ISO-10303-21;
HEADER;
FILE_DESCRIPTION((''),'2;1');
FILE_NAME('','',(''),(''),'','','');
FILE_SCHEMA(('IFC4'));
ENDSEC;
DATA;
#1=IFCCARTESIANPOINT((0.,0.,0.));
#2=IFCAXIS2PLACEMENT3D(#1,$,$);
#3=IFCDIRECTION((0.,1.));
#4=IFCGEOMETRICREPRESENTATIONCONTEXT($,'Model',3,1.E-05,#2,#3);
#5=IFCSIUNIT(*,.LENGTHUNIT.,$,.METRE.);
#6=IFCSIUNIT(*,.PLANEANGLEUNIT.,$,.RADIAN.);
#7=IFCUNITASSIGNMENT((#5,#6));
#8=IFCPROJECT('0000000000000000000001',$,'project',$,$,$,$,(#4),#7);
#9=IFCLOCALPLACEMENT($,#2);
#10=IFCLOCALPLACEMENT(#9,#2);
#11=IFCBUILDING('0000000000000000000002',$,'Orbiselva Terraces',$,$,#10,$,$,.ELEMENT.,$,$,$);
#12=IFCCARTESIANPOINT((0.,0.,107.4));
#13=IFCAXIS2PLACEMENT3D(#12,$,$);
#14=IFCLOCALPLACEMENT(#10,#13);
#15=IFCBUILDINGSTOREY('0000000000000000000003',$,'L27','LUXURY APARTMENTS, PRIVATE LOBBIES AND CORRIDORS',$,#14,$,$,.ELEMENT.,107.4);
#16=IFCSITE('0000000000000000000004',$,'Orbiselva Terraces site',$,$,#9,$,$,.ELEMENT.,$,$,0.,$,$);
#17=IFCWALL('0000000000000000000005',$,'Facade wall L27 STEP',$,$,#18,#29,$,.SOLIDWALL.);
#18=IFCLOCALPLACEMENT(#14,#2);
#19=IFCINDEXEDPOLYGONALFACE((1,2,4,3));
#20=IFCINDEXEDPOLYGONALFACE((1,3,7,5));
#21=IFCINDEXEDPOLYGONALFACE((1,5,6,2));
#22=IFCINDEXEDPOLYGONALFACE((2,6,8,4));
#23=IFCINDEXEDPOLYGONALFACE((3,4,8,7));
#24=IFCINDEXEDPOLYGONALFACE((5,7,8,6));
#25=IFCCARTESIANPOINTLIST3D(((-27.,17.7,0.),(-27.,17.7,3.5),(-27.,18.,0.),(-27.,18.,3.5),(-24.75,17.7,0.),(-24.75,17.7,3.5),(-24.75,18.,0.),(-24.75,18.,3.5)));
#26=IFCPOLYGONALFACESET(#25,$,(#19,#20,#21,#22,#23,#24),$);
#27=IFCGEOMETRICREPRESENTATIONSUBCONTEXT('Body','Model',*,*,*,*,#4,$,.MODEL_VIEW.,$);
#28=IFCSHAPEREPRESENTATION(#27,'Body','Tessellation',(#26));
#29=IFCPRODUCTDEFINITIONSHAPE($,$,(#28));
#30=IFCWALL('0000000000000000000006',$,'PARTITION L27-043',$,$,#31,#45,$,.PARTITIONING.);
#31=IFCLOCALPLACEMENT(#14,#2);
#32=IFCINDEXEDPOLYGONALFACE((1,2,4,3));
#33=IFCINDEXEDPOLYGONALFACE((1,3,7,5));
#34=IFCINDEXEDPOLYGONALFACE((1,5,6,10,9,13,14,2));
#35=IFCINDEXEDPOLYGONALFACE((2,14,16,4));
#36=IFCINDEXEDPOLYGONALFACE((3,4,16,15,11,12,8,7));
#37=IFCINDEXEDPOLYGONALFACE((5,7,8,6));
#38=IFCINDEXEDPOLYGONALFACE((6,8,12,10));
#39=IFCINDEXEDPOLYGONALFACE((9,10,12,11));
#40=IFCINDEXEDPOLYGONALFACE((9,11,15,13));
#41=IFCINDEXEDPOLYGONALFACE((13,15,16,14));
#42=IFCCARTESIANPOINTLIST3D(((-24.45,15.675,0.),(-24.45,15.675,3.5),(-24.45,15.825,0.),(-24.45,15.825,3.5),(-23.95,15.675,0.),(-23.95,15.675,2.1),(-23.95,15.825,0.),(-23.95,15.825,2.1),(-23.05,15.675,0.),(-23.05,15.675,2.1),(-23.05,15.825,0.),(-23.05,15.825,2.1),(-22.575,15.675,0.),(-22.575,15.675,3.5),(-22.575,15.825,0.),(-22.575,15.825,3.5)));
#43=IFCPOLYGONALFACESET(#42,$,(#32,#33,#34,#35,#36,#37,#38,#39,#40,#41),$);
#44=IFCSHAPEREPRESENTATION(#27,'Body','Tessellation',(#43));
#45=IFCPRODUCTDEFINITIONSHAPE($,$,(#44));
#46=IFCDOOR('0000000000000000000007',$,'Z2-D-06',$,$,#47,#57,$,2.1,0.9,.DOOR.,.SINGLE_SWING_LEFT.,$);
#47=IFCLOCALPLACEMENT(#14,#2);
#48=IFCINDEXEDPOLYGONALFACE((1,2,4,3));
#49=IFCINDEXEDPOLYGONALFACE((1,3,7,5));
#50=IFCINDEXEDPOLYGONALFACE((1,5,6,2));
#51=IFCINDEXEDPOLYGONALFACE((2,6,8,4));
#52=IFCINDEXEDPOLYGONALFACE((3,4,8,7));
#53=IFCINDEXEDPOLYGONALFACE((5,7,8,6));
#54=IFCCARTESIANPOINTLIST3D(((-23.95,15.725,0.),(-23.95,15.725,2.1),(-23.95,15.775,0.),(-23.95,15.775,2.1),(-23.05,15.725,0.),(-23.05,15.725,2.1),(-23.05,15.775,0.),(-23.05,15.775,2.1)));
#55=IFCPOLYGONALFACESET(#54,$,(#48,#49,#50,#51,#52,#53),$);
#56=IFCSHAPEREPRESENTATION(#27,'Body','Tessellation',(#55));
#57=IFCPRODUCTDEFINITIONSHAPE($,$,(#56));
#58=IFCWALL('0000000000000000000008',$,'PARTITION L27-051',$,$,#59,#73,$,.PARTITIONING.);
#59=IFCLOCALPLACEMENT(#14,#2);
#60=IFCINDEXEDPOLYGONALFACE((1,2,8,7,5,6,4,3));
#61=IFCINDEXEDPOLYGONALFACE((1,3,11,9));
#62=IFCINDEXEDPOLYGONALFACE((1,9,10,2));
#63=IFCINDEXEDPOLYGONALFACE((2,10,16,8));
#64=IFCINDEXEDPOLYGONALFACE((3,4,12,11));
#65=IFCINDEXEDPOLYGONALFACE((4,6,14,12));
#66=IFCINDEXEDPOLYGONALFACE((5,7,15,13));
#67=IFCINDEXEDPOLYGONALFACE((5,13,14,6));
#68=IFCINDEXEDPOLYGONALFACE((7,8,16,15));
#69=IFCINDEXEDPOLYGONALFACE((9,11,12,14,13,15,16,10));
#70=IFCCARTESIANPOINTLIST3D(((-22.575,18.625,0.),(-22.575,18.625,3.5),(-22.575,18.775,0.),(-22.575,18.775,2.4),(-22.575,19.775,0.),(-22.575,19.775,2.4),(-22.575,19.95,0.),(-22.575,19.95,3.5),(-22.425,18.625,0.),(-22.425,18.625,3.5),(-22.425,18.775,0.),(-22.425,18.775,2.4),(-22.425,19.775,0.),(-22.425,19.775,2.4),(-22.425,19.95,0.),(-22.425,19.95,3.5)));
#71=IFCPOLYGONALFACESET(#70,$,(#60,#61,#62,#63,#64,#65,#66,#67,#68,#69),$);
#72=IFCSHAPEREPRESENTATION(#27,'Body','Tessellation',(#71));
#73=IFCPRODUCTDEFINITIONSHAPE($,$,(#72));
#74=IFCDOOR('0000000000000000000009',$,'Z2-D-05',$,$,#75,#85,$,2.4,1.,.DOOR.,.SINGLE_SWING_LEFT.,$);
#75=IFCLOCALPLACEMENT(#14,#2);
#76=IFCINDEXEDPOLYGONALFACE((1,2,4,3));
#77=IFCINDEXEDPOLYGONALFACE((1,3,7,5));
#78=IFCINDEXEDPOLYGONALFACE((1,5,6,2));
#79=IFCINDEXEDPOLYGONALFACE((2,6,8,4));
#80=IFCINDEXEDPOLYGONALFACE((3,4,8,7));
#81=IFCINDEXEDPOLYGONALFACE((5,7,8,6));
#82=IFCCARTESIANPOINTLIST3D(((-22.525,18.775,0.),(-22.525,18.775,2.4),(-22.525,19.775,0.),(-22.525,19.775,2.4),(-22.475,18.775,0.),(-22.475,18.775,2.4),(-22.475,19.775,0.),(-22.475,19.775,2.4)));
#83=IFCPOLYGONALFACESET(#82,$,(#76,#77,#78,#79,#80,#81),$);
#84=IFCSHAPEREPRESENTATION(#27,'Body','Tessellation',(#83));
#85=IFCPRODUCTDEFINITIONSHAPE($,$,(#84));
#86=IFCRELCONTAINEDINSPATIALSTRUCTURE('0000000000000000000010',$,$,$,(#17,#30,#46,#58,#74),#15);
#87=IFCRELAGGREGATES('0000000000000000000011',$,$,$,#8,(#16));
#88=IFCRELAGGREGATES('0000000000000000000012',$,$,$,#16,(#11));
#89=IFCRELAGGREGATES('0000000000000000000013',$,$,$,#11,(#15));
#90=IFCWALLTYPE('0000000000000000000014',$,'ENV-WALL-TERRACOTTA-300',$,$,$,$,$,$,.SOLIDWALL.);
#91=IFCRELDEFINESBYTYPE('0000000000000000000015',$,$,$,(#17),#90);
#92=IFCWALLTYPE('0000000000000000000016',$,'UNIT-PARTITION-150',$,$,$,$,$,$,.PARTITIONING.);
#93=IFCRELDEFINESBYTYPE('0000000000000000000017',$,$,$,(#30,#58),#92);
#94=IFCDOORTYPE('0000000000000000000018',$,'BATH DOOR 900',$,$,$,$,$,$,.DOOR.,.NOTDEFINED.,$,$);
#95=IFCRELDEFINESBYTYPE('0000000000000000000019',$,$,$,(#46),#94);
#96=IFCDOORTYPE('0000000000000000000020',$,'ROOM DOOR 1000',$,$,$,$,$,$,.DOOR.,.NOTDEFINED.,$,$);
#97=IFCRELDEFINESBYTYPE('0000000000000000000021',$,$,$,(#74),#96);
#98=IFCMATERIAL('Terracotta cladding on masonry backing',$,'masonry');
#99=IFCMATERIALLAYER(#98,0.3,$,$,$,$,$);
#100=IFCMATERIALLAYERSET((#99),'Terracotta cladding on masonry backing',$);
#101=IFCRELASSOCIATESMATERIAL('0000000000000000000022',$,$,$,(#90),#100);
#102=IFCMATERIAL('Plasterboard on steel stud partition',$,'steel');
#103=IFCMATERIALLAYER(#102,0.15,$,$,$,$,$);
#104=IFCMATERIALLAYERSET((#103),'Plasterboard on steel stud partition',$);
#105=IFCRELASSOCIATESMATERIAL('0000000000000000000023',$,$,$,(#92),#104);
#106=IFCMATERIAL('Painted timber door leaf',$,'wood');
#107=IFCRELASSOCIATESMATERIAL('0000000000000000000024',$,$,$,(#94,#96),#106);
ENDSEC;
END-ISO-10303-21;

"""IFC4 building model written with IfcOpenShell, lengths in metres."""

from ifc_helpers import new_model, si_unit, direction, frame, frame_2d, origin, place, context, subcontext, project, spatial, rectangle, extrude, material, layer, layer_set, type_object, element, fill, save


model = new_model("IFC4")

# Units and contexts
model_context = context("Model", 3, precision=1e-05, world=origin(), true_north=direction((0.0, 1.0)))
body_context = subcontext(model_context, "Body", "Model", "MODEL_VIEW")
ifc_project = project(units=[si_unit("LENGTHUNIT", "METRE"), si_unit("PLANEANGLEUNIT", "RADIAN")], contexts=[model_context])

# Site, building, storey
site_placement = place(None, origin())
site = spatial("IfcSite", under=ifc_project, at=site_placement, Name="Orbiselva Terraces site", CompositionType="ELEMENT", RefElevation=0.0)
building_placement = place(site_placement, origin())
building = spatial("IfcBuilding", under=site, at=building_placement, Name="Orbiselva Terraces", CompositionType="ELEMENT")
storey_placement = place(building_placement, frame((0.0, 0.0, 107.4)))
storey = spatial("IfcBuildingStorey", under=building, at=storey_placement, Name="L27", Description="LUXURY APARTMENTS, PRIVATE LOBBIES AND CORRIDORS", CompositionType="ELEMENT", Elevation=107.4)

# Shared definitions
ifc_material_1 = material(Name="Terracotta cladding on masonry backing", Category="masonry")
ifc_layer_1 = layer(ifc_material_1, 0.3)
ifc_layer_set_1 = layer_set([ifc_layer_1], Name="Terracotta cladding on masonry backing")
wall_type_1 = type_object("IfcWallType", Name="ENV-WALL-TERRACOTTA-300", PredefinedType="SOLIDWALL", material=ifc_layer_set_1)

# Wall
wall_1_placement = place(storey_placement, frame((-27.0, 17.85, 0.0), z_axis=(0.0, 0.0, 1.0), x_axis=(1.0, 0.0, 0.0)))
element("IfcWall", 1, at=wall_1_placement, inside=storey, type_object=wall_type_1, Name="Facade wall L27 STEP", PredefinedType="SOLIDWALL", context=body_context, shape_type="SweptSolid", body=[
    extrude(rectangle(XDim=2.25, YDim=0.3, at=frame_2d((1.125, 0.0))), origin(), (0.0, 0.0, 1.0), 3.5),
])

# Walls, openings, doors
ifc_material_2 = material(Name="Plasterboard on steel stud partition", Category="steel")
ifc_layer_2 = layer(ifc_material_2, 0.15)
ifc_layer_set_2 = layer_set([ifc_layer_2], Name="Plasterboard on steel stud partition")
wall_type_2 = type_object("IfcWallType", Name="UNIT-PARTITION-150", PredefinedType="PARTITIONING", material=ifc_layer_set_2)
wall_2_placement = place(storey_placement, frame((-22.575, 15.75, 0.0), z_axis=(0.0, 0.0, 1.0), x_axis=(-1.0, 0.0, 0.0)))
wall_2 = element("IfcWall", 2, at=wall_2_placement, inside=storey, type_object=wall_type_2, Name="PARTITION L27-043", PredefinedType="PARTITIONING", context=body_context, shape_type="SweptSolid", body=[
    extrude(rectangle(XDim=1.875, YDim=0.15, at=frame_2d((0.9375, 0.0))), origin(), (0.0, 0.0, 1.0), 3.5),
])
opening_1_placement = place(wall_2_placement, frame((0.475, 0.0, 0.0)))
opening_1 = element("IfcOpeningElement", 3, at=opening_1_placement, cuts=wall_2, PredefinedType="OPENING", context=body_context, shape_type="SweptSolid", body=[
    extrude(rectangle(XDim=0.9, YDim=2.1, at=frame_2d((0.45, 1.05))), frame((0.0, 0.085, 0.0), z_axis=(0.0, -1.0, 0.0), x_axis=(1.0, 0.0, 0.0)), (0.0, 0.0, 1.0), 0.17),
])
ifc_material_3 = material(Name="Painted timber door leaf", Category="wood")
door_type_1 = type_object("IfcDoorType", Name="BATH DOOR 900", OperationType="NOTDEFINED", PredefinedType="DOOR", material=ifc_material_3)
door_1_placement = place(opening_1_placement, origin())
door_1 = element("IfcDoor", 4, at=door_1_placement, inside=storey, type_object=door_type_1, Name="Z2-D-06", OperationType="SINGLE_SWING_LEFT", OverallHeight=2.1, OverallWidth=0.9, PredefinedType="DOOR", context=body_context, shape_type="SweptSolid", body=[
    extrude(rectangle(XDim=0.9, YDim=2.1, at=frame_2d((0.45, 1.05))), frame((0.0, 0.025, 0.0), z_axis=(0.0, -1.0, 0.0), x_axis=(1.0, 0.0, 0.0)), (0.0, 0.0, 1.0), 0.05),
])
fill(opening_1, door_1)
wall_3_placement = place(storey_placement, frame((-22.5, 18.625, 0.0), z_axis=(0.0, 0.0, 1.0), x_axis=(0.0, 1.0, 0.0)))
wall_3 = element("IfcWall", 5, at=wall_3_placement, inside=storey, type_object=wall_type_2, Name="PARTITION L27-051", PredefinedType="PARTITIONING", context=body_context, shape_type="SweptSolid", body=[
    extrude(rectangle(XDim=1.325, YDim=0.15, at=frame_2d((0.6625, 0.0))), origin(), (0.0, 0.0, 1.0), 3.5),
])
opening_2_placement = place(wall_3_placement, frame((0.15, 0.0, 0.0)))
opening_2 = element("IfcOpeningElement", 6, at=opening_2_placement, cuts=wall_3, PredefinedType="OPENING", context=body_context, shape_type="SweptSolid", body=[
    extrude(rectangle(XDim=1.0, YDim=2.4, at=frame_2d((0.5, 1.2))), frame((0.0, 0.085, 0.0), z_axis=(0.0, -1.0, 0.0), x_axis=(1.0, 0.0, 0.0)), (0.0, 0.0, 1.0), 0.17),
])
door_type_2 = type_object("IfcDoorType", Name="ROOM DOOR 1000", OperationType="NOTDEFINED", PredefinedType="DOOR", material=ifc_material_3)
door_2_placement = place(opening_2_placement, origin())
door_2 = element("IfcDoor", 7, at=door_2_placement, inside=storey, type_object=door_type_2, Name="Z2-D-05", OperationType="SINGLE_SWING_LEFT", OverallHeight=2.4, OverallWidth=1.0, PredefinedType="DOOR", context=body_context, shape_type="SweptSolid", body=[
    extrude(rectangle(XDim=1.0, YDim=2.4, at=frame_2d((0.5, 1.2))), frame((0.0, 0.025, 0.0), z_axis=(0.0, -1.0, 0.0), x_axis=(1.0, 0.0, 0.0)), (0.0, 0.0, 1.0), 0.05),
])
fill(opening_2, door_2)

save(model, "model.ifc")
